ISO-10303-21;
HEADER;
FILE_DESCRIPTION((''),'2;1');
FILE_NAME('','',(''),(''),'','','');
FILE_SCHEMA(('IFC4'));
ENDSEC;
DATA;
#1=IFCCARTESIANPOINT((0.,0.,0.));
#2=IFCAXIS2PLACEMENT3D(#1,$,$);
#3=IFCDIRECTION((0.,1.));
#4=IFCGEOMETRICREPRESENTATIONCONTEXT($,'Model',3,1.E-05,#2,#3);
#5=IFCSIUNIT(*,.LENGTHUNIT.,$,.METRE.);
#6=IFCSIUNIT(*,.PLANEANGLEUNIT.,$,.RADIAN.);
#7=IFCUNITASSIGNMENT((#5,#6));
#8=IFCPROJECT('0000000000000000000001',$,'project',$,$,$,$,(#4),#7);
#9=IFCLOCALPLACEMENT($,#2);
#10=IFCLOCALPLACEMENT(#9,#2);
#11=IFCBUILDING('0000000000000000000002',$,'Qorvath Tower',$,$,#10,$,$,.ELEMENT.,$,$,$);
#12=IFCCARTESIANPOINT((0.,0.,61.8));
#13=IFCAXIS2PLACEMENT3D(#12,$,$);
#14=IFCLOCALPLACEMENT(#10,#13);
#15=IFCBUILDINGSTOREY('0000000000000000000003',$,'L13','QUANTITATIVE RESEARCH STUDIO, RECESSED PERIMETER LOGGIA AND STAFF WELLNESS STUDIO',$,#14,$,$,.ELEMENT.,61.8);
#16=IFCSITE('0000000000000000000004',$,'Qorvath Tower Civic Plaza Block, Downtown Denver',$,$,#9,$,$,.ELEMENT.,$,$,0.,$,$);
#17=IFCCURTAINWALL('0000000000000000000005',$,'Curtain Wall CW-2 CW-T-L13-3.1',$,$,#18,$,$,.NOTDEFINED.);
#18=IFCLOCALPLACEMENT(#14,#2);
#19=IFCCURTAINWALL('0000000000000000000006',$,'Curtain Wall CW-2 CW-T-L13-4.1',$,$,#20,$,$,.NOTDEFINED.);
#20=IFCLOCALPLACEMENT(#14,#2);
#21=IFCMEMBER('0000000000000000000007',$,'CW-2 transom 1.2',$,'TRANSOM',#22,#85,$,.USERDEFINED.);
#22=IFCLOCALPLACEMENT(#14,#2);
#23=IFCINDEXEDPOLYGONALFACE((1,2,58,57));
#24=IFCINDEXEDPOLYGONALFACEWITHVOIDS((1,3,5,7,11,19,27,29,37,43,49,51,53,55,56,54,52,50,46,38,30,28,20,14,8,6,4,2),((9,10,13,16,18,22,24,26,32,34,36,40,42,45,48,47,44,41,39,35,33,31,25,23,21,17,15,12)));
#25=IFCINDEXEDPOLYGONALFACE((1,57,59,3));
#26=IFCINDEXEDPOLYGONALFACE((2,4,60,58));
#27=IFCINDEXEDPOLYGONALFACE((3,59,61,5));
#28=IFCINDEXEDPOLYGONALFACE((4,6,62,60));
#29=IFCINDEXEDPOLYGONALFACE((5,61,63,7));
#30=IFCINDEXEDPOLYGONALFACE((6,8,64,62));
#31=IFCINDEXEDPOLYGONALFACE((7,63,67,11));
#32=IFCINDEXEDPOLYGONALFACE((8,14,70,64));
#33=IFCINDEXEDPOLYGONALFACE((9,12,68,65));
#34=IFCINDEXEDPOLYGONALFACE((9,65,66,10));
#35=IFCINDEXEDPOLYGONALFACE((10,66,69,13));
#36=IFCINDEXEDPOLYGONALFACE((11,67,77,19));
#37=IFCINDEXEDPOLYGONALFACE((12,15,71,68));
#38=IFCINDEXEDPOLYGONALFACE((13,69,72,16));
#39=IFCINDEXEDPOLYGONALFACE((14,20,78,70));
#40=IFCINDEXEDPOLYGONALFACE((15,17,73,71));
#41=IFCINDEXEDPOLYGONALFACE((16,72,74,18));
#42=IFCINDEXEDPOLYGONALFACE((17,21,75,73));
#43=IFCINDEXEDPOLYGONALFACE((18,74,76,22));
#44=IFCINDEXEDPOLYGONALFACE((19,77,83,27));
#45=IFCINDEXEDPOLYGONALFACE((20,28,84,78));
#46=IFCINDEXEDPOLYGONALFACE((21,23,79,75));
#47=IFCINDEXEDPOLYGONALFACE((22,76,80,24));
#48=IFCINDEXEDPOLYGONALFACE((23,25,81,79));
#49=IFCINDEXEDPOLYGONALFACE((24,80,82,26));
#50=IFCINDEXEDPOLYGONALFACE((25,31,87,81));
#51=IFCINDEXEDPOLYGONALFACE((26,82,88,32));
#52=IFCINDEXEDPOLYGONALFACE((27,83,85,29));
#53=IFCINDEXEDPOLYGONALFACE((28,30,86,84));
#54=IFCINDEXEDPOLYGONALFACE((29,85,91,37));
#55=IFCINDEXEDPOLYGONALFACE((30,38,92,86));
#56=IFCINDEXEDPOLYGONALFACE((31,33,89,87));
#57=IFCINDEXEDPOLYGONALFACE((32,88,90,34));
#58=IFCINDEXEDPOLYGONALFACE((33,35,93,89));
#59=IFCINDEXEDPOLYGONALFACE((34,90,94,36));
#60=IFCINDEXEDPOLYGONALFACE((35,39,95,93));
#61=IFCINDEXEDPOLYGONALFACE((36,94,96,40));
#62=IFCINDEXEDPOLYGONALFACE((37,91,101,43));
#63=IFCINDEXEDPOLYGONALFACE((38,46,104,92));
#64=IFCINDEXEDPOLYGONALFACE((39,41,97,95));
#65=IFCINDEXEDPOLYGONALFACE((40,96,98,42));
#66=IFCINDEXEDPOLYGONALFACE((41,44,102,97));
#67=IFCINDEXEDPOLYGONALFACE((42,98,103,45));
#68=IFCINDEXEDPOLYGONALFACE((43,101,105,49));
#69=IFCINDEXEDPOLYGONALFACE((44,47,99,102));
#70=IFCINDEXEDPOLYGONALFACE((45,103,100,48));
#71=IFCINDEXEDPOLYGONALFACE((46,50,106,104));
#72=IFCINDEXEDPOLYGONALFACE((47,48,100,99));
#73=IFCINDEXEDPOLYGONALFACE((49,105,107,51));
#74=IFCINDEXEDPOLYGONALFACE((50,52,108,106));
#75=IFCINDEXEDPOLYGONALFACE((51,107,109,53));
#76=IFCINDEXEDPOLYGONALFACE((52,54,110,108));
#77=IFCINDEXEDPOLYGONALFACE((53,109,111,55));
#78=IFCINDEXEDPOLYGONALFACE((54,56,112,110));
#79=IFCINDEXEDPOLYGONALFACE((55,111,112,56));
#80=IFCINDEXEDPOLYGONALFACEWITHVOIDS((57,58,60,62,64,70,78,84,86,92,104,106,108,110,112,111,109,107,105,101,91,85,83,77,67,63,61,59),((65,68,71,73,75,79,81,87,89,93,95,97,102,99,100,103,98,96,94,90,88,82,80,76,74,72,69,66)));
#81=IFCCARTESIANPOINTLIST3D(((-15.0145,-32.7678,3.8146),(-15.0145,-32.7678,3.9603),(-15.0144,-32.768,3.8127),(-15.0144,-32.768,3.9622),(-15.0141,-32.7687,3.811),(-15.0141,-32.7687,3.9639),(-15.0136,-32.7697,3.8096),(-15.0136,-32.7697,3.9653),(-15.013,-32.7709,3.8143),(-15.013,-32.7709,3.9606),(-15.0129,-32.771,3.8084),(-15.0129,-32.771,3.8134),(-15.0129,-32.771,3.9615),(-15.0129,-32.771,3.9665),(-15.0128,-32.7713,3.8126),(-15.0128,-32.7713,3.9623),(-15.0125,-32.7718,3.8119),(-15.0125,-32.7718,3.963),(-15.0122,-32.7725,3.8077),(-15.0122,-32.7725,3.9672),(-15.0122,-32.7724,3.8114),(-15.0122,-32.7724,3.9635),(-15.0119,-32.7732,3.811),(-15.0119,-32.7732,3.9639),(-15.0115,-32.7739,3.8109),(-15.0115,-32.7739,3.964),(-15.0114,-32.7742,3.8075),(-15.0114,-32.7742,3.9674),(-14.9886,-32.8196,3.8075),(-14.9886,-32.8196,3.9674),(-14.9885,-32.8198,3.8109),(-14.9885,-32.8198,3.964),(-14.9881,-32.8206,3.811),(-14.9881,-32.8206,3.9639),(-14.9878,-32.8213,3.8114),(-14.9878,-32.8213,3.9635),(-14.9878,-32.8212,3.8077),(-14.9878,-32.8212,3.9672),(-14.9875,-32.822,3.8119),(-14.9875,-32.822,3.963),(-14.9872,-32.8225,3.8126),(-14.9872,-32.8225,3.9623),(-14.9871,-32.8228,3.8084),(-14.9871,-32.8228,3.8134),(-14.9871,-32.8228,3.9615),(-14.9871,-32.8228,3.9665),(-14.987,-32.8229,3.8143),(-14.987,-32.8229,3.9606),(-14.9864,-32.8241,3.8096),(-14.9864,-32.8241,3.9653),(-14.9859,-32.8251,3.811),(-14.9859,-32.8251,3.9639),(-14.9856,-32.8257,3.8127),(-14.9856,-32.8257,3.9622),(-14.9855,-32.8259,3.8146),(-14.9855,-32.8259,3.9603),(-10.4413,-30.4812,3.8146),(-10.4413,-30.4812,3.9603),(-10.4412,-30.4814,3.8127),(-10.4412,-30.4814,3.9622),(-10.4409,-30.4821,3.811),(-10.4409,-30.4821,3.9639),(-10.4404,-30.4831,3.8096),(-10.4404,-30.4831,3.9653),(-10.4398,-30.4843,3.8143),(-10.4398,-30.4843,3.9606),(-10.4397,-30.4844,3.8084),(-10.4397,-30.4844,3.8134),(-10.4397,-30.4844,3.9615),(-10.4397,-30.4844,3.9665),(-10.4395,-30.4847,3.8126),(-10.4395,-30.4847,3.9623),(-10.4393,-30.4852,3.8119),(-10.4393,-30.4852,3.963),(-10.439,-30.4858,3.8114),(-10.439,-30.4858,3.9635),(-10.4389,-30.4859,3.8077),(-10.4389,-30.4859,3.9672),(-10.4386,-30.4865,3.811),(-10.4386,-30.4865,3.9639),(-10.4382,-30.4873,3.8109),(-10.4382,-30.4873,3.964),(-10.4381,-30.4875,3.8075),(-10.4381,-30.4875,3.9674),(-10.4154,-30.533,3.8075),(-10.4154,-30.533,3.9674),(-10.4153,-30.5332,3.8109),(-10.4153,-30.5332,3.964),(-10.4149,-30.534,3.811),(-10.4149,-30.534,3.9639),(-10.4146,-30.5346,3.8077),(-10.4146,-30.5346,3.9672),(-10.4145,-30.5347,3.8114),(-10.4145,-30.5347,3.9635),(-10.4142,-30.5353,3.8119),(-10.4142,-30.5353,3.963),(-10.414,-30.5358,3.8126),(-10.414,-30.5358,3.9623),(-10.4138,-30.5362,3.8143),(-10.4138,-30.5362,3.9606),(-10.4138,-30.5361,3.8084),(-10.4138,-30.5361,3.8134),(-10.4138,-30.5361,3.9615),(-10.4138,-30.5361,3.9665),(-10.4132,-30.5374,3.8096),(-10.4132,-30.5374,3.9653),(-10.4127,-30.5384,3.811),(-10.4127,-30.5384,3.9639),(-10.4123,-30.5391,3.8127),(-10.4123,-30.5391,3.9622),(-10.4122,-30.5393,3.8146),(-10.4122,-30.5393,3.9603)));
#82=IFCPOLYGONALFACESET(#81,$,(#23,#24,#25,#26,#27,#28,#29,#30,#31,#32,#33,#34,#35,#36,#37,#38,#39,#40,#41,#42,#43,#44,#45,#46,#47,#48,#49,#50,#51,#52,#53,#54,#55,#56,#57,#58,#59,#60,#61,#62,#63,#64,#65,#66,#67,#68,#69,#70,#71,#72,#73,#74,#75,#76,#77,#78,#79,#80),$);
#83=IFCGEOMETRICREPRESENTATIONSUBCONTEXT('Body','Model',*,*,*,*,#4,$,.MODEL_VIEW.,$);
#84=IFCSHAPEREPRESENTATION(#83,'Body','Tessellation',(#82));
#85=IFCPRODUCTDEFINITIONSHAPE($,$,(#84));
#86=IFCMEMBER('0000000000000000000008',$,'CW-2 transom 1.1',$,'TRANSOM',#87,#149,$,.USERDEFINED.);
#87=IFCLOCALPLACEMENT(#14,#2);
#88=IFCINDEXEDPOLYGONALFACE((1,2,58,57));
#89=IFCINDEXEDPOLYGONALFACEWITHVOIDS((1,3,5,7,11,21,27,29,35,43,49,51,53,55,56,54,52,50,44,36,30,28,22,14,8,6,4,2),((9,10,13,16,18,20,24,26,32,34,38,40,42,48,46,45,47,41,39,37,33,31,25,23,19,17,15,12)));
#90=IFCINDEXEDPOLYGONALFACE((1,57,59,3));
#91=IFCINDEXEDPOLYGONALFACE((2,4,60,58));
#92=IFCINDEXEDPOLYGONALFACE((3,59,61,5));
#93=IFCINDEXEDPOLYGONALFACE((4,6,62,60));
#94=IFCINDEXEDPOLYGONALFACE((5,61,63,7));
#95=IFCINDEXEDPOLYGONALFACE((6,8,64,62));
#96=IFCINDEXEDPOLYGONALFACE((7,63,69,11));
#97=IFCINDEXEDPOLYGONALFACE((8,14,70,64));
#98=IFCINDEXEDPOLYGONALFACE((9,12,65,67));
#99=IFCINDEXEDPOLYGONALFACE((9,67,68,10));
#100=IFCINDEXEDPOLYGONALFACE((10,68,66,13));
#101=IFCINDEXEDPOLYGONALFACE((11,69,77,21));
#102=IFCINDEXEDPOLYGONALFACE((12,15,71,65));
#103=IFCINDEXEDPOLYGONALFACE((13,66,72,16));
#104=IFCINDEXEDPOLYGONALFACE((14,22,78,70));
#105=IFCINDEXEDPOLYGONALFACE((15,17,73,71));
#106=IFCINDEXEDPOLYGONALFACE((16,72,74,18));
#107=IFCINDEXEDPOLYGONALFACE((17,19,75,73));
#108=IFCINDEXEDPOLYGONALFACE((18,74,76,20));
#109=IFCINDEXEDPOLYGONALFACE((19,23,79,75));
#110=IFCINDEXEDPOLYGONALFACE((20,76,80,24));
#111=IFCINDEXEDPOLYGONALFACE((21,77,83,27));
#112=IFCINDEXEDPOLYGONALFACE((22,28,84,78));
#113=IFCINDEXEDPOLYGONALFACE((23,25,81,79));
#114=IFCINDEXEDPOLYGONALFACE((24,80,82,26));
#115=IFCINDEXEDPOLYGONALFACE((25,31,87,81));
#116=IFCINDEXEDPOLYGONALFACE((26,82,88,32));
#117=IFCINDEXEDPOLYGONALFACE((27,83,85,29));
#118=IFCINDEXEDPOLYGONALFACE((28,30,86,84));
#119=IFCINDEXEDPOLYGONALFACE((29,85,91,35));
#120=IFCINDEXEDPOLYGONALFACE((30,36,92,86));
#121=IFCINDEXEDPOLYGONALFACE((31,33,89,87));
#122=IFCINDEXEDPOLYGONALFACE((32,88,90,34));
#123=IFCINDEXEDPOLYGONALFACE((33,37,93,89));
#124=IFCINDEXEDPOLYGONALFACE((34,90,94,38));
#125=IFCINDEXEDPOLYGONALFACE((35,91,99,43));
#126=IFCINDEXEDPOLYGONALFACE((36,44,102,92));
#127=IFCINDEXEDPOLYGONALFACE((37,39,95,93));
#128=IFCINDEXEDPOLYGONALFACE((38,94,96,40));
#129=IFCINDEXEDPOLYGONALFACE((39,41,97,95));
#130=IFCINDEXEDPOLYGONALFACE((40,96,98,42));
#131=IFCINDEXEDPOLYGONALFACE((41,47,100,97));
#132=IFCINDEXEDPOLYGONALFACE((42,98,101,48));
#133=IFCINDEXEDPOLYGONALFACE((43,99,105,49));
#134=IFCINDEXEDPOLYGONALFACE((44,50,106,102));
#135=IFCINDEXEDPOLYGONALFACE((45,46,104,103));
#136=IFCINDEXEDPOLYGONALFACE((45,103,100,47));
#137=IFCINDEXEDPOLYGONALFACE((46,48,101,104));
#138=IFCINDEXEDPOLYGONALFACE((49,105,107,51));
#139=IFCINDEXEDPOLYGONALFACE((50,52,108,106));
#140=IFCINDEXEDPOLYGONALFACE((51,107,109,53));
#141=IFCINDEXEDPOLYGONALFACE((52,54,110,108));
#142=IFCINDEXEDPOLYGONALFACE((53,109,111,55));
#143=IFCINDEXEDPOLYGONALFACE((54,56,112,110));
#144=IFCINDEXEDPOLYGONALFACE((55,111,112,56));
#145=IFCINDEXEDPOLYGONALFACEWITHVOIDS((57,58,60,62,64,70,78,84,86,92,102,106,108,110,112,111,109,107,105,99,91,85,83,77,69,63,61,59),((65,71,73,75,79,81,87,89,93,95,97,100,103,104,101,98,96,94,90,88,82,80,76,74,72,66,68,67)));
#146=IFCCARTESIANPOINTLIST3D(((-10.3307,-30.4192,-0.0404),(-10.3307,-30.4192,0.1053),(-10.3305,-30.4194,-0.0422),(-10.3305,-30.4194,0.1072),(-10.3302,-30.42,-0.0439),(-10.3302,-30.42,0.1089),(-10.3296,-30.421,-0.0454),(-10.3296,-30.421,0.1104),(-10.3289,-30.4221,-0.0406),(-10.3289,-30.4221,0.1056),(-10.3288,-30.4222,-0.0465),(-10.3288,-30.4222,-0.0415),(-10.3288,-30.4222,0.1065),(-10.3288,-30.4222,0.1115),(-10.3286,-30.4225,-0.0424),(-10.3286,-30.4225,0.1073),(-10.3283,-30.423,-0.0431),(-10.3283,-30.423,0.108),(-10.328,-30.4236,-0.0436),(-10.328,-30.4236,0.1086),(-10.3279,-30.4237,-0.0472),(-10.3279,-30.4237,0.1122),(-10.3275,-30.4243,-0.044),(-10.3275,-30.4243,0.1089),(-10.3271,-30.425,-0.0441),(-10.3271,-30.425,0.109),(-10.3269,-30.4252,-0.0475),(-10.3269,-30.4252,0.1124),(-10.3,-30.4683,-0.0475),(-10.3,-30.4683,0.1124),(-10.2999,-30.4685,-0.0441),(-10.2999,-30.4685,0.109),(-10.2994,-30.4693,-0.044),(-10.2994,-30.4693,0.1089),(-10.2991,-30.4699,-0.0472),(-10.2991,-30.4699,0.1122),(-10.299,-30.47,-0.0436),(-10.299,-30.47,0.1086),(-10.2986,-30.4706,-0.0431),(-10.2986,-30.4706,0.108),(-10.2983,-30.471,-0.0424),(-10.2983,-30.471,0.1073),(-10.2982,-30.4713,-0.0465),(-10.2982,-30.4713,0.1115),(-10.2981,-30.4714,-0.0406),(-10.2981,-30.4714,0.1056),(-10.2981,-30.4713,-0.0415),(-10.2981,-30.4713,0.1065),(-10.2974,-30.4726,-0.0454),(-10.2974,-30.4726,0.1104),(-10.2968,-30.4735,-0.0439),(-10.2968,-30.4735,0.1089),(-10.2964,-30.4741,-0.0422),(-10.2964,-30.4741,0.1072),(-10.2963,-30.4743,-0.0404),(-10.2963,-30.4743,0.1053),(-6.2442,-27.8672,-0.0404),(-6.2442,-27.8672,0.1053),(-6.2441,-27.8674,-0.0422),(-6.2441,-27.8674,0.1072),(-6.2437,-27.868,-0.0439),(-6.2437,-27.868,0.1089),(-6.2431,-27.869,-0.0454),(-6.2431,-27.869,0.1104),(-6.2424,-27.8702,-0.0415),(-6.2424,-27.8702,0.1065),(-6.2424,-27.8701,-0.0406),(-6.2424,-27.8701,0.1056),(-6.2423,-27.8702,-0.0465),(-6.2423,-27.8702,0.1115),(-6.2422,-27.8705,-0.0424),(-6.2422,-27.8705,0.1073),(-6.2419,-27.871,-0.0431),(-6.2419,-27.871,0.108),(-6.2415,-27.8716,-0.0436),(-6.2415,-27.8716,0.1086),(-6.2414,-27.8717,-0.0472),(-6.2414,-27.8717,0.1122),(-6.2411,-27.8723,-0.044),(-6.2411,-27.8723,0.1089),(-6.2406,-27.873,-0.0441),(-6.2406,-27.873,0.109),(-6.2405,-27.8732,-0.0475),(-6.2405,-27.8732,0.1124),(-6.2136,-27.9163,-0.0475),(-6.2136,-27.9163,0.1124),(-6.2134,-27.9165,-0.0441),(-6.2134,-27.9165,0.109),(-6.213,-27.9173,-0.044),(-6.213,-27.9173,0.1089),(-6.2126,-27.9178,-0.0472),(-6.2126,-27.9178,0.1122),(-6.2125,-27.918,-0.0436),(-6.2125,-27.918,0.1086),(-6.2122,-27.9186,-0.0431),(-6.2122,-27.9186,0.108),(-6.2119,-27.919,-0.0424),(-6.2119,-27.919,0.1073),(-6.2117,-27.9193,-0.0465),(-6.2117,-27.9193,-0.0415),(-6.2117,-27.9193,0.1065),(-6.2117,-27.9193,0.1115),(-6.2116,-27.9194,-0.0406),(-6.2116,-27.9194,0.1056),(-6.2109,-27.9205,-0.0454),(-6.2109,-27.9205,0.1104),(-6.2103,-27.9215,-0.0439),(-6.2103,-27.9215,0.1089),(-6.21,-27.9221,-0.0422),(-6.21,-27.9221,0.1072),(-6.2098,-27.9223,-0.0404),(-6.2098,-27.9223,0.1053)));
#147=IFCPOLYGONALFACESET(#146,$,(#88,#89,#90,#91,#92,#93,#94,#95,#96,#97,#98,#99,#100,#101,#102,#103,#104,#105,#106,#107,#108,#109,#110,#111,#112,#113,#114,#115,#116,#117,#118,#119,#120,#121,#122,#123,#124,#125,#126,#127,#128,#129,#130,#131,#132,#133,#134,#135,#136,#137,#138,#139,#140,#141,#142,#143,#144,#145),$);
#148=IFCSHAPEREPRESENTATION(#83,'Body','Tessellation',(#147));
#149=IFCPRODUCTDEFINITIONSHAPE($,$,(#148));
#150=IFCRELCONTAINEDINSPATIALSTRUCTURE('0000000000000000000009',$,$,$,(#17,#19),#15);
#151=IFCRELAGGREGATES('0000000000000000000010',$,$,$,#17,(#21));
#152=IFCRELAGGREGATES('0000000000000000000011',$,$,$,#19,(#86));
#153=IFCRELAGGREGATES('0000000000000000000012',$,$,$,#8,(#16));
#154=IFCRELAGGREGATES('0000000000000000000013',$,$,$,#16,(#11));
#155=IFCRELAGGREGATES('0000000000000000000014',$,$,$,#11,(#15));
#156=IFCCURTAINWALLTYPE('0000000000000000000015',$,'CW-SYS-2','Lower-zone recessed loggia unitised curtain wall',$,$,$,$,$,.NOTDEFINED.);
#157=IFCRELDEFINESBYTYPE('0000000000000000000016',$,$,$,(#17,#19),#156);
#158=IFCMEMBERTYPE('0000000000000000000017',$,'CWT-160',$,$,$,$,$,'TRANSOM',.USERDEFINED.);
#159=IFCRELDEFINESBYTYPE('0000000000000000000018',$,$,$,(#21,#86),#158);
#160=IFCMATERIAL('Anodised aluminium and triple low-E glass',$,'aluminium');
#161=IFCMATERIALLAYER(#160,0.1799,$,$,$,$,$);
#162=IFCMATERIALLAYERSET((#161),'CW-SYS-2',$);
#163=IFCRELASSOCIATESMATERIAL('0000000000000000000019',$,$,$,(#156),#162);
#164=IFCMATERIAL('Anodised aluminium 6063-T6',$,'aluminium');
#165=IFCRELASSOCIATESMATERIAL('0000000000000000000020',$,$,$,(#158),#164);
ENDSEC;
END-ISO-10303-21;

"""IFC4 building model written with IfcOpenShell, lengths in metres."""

from ifc_helpers import new_model, si_unit, direction, frame, origin, origin_2d, place, context, subcontext, project, spatial, hollow_rectangle, extrude, material, layer, layer_set, material_profile, profile_set, type_object, element, aggregate, save


model = new_model("IFC4")

# Units and contexts
model_context = context("Model", 3, precision=1e-05, world=origin(), true_north=direction((0.0, 1.0)))
body_context = subcontext(model_context, "Body", "Model", "MODEL_VIEW")
ifc_project = project(units=[si_unit("LENGTHUNIT", "METRE"), si_unit("PLANEANGLEUNIT", "RADIAN")], contexts=[model_context])

# Site, building, storey
site_placement = place(None, origin())
site = spatial("IfcSite", under=ifc_project, at=site_placement, Name="Qorvath Tower Civic Plaza Block, Downtown Denver", CompositionType="ELEMENT", RefElevation=0.0)
building_placement = place(site_placement, origin())
building = spatial("IfcBuilding", under=site, at=building_placement, Name="Qorvath Tower", CompositionType="ELEMENT")
storey_placement = place(building_placement, frame((0.0, 0.0, 61.8)))
storey = spatial("IfcBuildingStorey", under=building, at=storey_placement, Name="L13", Description="QUANTITATIVE RESEARCH STUDIO, RECESSED PERIMETER LOGGIA AND STAFF WELLNESS STUDIO", CompositionType="ELEMENT", Elevation=61.8)

# Shared definitions
ifc_material_1 = material(Name="Anodised aluminium and triple low-E glass", Category="aluminium")
ifc_layer_1 = layer(ifc_material_1, 0.1799)
ifc_layer_set_1 = layer_set([ifc_layer_1], Name="CW-SYS-2")
curtain_wall_type = type_object("IfcCurtainWallType", Name="CW-SYS-2", Description="Lower-zone recessed loggia unitised curtain wall", PredefinedType="NOTDEFINED", material=ifc_layer_set_1)

# Curtain walls
curtain_wall_1_placement = place(storey_placement, origin())
curtain_wall_1 = element("IfcCurtainWall", 1, at=curtain_wall_1_placement, inside=storey, type_object=curtain_wall_type, Name="Curtain Wall CW-2 CW-T-L13-3.1", PredefinedType="NOTDEFINED")
curtain_wall_2_placement = place(storey_placement, origin())
curtain_wall_2 = element("IfcCurtainWall", 2, at=curtain_wall_2_placement, inside=storey, type_object=curtain_wall_type, Name="Curtain Wall CW-2 CW-T-L13-4.1", PredefinedType="NOTDEFINED")

# Members
ifc_material_2 = material(Name="Anodised aluminium 6063-T6", Category="aluminium")
ifc_material_profile_1 = material_profile(ifc_material_2, hollow_rectangle(XDim=0.0649, YDim=0.1599, WallThickness=0.0034, InnerFilletRadius=0.0034, OuterFilletRadius=0.0071, at=origin_2d()), Name="CWT 160x65")
ifc_profile_set_1 = profile_set([ifc_material_profile_1], Name="Anodised aluminium 6063-T6")
member_type_1 = type_object("IfcMemberType", Name="CWT-160", ElementType="TRANSOM", PredefinedType="USERDEFINED", material=ifc_profile_set_1)
member_1_placement = place(storey_placement, frame((-15.0, -32.7969, 3.8875), z_axis=(0.894427, 0.447214, 0.0), x_axis=(-0.447214, 0.894427, 0.0)))
member_1 = element("IfcMember", 3, at=member_1_placement, type_object=member_type_1, Name="CW-2 transom 1.2", ObjectType="TRANSOM", PredefinedType="USERDEFINED", context=body_context, shape_type="SweptSolid", body=[
    extrude(hollow_rectangle(XDim=0.0649, YDim=0.1599, WallThickness=0.0034, InnerFilletRadius=0.0034, OuterFilletRadius=0.0071, at=origin_2d()), origin(), (0.0, 0.0, 1.0), 5.113),
])
member_2_placement = place(storey_placement, frame((-10.3135, -30.4468, 0.0325), z_axis=(0.848186, 0.529698, 0.0), x_axis=(-0.529698, 0.848186, 0.0)))
member_2 = element("IfcMember", 4, at=member_2_placement, type_object=member_type_1, Name="CW-2 transom 1.1", ObjectType="TRANSOM", PredefinedType="USERDEFINED", context=body_context, shape_type="SweptSolid", body=[
    extrude(hollow_rectangle(XDim=0.0649, YDim=0.1599, WallThickness=0.0034, InnerFilletRadius=0.0034, OuterFilletRadius=0.0071, at=origin_2d()), origin(), (0.0, 0.0, 1.0), 4.8179),
])

aggregate(curtain_wall_1, [member_1])
aggregate(curtain_wall_2, [member_2])

save(model, "model.ifc")
